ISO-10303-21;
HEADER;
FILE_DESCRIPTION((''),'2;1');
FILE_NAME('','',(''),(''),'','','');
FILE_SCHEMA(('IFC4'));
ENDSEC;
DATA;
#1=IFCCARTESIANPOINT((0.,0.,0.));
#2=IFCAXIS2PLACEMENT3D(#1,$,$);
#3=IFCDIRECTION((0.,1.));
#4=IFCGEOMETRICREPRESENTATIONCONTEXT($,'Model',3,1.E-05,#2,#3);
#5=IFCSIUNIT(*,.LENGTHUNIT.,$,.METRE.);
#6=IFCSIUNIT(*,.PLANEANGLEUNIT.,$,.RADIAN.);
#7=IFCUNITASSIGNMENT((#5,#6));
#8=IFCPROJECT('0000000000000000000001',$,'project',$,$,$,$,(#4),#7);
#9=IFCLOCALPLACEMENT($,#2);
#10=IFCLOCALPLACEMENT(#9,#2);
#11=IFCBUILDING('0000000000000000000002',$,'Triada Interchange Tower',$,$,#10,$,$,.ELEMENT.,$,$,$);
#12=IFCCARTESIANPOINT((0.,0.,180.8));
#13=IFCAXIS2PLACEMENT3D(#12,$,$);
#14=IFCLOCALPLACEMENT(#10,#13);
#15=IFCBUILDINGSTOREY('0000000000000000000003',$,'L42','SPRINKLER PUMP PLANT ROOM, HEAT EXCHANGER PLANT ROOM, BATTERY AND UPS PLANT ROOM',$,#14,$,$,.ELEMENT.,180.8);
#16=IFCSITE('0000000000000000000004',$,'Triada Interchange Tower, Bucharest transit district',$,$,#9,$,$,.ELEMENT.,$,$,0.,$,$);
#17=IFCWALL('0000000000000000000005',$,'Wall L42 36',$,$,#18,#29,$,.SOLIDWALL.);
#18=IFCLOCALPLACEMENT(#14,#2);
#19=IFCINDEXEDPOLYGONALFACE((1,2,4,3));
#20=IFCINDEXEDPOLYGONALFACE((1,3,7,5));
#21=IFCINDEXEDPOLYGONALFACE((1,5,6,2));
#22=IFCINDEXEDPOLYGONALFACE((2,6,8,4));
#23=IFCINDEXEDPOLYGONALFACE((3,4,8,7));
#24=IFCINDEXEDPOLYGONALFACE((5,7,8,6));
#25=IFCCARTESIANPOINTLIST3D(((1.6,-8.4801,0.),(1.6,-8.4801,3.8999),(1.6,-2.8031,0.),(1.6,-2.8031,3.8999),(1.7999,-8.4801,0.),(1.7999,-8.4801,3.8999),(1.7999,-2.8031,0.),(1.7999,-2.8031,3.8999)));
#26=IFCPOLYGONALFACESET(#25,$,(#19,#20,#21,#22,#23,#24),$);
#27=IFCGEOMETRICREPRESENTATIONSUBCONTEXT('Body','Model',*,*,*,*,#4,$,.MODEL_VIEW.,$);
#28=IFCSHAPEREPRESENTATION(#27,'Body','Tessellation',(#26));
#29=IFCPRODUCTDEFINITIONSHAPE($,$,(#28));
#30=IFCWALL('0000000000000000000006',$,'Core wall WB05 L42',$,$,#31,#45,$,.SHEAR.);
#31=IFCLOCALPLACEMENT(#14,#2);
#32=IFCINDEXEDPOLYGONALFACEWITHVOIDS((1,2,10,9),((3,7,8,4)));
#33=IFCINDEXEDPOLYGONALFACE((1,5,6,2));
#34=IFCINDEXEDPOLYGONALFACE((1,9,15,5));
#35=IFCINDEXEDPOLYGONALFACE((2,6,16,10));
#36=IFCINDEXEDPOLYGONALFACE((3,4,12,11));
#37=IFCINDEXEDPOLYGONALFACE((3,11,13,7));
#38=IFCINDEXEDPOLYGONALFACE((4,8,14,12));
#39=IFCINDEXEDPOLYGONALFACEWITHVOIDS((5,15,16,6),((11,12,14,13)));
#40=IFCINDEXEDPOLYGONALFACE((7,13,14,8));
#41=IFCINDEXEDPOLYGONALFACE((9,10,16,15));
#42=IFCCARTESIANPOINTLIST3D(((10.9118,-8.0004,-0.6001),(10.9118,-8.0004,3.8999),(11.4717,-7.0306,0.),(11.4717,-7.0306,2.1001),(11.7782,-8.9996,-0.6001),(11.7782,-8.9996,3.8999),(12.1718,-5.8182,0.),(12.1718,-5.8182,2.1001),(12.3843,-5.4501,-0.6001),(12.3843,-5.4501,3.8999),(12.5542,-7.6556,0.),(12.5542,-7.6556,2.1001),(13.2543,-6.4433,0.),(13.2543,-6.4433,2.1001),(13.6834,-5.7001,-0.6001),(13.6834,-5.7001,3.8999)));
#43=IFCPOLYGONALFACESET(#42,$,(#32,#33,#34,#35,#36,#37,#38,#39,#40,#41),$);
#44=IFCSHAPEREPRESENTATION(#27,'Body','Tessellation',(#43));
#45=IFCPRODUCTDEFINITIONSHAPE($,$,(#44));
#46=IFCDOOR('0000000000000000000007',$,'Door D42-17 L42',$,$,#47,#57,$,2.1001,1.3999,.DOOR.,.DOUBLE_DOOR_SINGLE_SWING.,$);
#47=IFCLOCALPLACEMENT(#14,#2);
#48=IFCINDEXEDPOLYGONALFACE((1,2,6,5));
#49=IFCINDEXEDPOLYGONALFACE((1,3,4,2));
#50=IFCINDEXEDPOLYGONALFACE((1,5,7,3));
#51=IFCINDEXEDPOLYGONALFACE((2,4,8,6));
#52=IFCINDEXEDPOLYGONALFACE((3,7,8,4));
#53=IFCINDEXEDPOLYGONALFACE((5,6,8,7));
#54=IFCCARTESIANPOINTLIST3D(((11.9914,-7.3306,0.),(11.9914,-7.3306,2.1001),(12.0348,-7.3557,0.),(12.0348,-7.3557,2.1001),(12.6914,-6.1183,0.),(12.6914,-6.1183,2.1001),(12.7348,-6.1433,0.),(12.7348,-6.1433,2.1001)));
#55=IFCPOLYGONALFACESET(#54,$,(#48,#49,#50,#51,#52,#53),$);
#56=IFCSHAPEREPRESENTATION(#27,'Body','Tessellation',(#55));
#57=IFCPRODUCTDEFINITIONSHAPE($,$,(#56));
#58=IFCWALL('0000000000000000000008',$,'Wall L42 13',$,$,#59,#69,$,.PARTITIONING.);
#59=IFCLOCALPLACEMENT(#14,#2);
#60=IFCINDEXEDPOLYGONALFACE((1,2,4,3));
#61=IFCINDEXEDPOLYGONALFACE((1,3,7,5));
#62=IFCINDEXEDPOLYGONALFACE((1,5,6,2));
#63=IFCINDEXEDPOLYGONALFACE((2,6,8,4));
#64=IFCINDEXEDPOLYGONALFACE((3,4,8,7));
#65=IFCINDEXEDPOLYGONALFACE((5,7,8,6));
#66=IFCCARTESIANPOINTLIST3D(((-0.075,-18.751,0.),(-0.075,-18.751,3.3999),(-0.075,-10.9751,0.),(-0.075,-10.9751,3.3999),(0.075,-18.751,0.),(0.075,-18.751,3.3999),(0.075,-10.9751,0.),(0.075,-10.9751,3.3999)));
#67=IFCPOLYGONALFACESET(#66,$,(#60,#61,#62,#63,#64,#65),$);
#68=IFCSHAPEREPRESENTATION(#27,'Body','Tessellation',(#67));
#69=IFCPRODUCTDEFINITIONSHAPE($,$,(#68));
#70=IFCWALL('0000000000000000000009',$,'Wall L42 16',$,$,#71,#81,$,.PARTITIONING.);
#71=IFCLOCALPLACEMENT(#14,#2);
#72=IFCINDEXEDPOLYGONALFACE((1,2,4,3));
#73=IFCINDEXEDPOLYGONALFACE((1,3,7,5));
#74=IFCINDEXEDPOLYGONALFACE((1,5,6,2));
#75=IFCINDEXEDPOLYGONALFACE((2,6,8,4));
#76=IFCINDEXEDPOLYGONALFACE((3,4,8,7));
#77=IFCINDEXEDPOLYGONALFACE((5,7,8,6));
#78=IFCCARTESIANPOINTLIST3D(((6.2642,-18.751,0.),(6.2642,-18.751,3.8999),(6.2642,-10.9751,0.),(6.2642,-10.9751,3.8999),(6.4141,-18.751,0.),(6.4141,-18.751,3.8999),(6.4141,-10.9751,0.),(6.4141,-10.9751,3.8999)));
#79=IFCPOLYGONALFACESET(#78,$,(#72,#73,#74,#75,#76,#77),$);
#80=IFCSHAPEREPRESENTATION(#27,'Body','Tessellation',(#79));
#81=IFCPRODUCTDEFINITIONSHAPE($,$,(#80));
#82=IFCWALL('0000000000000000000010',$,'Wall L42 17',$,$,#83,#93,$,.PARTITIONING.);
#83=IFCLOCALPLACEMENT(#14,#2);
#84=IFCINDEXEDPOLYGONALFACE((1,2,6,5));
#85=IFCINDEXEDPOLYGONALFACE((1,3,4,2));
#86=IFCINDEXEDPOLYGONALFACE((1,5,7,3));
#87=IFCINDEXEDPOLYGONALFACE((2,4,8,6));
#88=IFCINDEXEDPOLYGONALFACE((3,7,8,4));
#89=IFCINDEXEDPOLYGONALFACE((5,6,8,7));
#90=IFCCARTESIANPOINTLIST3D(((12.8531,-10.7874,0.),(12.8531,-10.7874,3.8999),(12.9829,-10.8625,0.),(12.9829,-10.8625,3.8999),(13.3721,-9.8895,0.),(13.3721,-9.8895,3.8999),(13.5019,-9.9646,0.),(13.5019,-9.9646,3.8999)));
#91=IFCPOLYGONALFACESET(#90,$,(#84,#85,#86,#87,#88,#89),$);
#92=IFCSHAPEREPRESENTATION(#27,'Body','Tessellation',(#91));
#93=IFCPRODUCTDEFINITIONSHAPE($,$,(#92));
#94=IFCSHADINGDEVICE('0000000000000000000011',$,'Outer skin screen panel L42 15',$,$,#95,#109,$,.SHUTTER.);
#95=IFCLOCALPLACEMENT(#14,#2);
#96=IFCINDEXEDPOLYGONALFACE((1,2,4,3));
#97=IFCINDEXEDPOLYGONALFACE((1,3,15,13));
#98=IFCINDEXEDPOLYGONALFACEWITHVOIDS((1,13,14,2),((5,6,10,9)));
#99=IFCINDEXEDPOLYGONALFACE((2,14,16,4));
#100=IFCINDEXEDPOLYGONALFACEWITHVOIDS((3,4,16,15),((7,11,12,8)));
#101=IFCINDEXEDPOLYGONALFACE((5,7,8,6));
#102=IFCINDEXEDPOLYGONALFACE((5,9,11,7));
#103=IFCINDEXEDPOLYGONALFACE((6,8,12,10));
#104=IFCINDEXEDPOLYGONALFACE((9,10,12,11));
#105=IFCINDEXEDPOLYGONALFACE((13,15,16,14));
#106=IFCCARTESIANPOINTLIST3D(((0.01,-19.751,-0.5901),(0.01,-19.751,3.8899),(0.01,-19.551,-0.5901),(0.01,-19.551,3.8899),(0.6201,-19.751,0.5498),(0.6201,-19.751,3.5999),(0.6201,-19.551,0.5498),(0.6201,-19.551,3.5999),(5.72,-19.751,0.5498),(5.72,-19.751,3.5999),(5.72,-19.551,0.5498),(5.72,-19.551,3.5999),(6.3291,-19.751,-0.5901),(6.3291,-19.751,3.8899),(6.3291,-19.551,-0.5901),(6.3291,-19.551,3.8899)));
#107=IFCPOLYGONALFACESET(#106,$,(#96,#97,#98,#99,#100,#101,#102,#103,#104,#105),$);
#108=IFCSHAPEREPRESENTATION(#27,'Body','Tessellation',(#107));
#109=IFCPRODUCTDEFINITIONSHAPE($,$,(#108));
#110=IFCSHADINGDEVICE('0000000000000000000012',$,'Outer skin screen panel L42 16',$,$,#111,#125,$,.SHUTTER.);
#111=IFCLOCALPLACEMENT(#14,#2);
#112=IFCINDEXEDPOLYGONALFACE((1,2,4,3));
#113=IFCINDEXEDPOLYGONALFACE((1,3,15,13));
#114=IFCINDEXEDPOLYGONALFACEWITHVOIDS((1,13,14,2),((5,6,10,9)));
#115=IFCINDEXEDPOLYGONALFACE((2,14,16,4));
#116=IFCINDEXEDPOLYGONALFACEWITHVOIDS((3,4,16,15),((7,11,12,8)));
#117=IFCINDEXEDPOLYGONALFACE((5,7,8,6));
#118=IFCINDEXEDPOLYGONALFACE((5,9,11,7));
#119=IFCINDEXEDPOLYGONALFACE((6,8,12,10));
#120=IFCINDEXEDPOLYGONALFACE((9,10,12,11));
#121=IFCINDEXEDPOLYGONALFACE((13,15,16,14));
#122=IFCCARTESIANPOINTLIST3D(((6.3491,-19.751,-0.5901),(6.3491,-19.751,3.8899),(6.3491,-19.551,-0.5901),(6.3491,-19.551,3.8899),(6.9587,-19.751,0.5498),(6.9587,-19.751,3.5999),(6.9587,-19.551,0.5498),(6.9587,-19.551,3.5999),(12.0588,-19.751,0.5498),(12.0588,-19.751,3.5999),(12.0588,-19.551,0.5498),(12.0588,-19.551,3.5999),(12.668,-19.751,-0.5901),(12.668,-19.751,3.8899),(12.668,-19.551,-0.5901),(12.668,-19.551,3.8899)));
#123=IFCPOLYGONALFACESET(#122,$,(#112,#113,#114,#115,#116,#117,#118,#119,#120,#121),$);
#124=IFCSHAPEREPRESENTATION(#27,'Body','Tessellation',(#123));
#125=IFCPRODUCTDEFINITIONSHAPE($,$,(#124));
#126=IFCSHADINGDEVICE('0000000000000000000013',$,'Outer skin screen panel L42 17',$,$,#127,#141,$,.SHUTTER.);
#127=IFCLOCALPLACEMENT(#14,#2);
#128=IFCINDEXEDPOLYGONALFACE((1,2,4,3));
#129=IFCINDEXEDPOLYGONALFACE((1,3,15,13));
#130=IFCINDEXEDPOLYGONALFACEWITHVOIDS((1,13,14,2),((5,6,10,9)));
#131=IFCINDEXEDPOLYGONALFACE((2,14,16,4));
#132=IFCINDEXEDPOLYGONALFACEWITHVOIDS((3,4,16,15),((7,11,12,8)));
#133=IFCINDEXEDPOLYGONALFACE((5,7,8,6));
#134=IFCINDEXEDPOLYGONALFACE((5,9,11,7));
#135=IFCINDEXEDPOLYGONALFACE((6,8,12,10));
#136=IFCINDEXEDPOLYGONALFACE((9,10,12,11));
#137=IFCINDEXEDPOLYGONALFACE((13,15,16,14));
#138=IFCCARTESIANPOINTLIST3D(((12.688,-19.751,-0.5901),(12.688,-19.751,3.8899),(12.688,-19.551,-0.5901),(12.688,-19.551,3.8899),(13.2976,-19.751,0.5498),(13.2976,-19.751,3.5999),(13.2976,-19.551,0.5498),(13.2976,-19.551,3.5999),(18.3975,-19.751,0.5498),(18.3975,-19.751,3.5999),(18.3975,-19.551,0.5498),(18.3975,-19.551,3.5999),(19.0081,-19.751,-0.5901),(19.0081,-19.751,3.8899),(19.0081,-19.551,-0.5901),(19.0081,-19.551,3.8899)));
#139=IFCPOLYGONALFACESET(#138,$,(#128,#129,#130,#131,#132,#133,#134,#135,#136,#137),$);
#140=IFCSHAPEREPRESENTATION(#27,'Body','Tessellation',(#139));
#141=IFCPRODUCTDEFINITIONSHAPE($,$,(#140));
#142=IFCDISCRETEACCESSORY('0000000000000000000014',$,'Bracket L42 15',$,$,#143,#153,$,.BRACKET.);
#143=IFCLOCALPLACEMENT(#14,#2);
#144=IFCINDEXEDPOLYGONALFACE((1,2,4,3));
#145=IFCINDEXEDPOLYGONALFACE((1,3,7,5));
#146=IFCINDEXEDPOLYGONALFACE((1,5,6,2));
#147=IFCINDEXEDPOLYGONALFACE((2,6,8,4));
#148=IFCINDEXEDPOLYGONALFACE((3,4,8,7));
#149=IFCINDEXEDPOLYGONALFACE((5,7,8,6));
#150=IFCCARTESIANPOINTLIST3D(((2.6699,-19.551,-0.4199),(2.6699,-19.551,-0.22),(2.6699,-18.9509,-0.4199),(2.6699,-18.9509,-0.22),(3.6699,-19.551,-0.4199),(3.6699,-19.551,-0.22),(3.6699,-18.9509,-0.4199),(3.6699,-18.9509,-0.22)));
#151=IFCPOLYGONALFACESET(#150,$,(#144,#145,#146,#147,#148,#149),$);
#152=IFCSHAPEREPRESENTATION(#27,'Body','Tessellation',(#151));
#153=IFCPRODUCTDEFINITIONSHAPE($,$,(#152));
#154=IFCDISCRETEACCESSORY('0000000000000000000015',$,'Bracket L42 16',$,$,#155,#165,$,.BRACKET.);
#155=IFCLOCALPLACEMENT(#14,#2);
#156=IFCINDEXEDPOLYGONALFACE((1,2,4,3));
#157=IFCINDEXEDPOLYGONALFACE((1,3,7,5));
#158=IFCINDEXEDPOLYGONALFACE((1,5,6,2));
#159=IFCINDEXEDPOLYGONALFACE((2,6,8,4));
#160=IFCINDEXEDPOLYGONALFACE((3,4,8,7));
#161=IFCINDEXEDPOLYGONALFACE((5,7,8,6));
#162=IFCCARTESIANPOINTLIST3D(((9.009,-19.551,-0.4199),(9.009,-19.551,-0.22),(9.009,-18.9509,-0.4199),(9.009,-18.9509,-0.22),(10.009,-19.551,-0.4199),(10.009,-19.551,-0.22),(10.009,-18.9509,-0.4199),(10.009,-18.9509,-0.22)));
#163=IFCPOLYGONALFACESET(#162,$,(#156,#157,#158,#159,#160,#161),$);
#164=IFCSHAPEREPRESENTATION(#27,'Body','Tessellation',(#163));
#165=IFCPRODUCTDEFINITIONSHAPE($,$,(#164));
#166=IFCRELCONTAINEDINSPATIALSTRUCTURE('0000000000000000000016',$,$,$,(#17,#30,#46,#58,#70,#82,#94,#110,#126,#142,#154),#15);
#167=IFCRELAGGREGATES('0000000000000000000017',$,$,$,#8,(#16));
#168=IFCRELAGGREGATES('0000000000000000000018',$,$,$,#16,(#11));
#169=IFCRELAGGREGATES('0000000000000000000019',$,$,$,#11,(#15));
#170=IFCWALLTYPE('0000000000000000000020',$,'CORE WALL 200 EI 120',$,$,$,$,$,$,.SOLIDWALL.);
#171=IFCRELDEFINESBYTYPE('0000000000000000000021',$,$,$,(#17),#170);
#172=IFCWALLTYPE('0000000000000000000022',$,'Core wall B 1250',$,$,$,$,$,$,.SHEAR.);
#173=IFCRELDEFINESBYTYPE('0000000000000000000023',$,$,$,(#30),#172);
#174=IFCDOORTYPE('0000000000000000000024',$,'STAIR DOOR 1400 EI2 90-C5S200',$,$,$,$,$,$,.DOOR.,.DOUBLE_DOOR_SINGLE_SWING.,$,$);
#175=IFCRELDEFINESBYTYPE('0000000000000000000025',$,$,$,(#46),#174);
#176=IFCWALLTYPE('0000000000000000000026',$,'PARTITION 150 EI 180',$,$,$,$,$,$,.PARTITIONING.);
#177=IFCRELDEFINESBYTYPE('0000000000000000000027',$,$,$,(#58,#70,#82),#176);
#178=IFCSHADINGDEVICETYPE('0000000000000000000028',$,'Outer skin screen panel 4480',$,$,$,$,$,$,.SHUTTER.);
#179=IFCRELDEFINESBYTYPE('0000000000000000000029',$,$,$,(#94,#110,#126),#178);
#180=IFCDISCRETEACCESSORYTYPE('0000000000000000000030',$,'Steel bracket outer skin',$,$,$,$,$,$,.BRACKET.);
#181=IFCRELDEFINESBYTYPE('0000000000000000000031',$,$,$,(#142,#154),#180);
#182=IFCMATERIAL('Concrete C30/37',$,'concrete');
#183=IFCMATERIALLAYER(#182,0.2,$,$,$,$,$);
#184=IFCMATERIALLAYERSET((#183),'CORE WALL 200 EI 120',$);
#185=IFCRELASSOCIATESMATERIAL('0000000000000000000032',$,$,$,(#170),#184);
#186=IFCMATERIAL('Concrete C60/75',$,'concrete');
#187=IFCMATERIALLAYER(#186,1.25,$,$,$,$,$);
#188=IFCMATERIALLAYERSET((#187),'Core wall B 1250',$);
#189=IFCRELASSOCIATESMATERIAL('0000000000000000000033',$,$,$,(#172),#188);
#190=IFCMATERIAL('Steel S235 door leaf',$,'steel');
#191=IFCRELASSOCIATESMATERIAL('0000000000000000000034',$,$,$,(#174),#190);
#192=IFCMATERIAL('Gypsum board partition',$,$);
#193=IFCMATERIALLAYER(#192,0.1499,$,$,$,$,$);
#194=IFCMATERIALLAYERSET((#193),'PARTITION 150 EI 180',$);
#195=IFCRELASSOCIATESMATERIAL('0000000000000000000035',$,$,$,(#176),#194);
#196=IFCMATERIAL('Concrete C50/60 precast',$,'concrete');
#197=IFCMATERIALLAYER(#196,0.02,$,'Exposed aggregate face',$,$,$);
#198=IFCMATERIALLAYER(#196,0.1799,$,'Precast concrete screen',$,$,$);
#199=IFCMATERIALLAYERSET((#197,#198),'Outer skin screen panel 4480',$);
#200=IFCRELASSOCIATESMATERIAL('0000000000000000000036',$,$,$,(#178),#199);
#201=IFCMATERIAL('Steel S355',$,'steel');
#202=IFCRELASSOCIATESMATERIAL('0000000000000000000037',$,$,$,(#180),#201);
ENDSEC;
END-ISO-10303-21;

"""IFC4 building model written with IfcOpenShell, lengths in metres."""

from ifc_helpers import new_model, si_unit, direction, frame, frame_2d, origin, origin_2d, place, context, subcontext, project, spatial, polyline, rectangle, outline, extrude, material, layer, layer_set, type_object, element, fill, save


model = new_model("IFC4")

# Units and contexts
model_context = context("Model", 3, precision=1e-05, world=origin(), true_north=direction((0.0, 1.0)))
body_context = subcontext(model_context, "Body", "Model", "MODEL_VIEW")
ifc_project = project(units=[si_unit("LENGTHUNIT", "METRE"), si_unit("PLANEANGLEUNIT", "RADIAN")], contexts=[model_context])

# Site, building, storey
site_placement = place(None, origin())
site = spatial("IfcSite", under=ifc_project, at=site_placement, Name="Triada Interchange Tower, Bucharest transit district", CompositionType="ELEMENT", RefElevation=0.0)
building_placement = place(site_placement, origin())
building = spatial("IfcBuilding", under=site, at=building_placement, Name="Triada Interchange Tower", CompositionType="ELEMENT")
storey_placement = place(building_placement, frame((0.0, 0.0, 180.8)))
storey = spatial("IfcBuildingStorey", under=building, at=storey_placement, Name="L42", Description="SPRINKLER PUMP PLANT ROOM, HEAT EXCHANGER PLANT ROOM, BATTERY AND UPS PLANT ROOM", CompositionType="ELEMENT", Elevation=180.8)

# Shared definitions
ifc_material_1 = material(Name="Concrete C60/75", Category="concrete")

# Shared definitions
ifc_material_2 = material(Name="Steel S355", Category="steel")

# Wall
ifc_material_3 = material(Name="Concrete C30/37", Category="concrete")
ifc_layer_1 = layer(ifc_material_3, 0.2)
ifc_layer_set_1 = layer_set([ifc_layer_1], Name="CORE WALL 200 EI 120")
wall_type_1 = type_object("IfcWallType", Name="CORE WALL 200 EI 120", PredefinedType="SOLIDWALL", material=ifc_layer_set_1)
wall_1_placement = place(storey_placement, frame((1.7, -8.48, 0.0), z_axis=(0.0, 0.0, 1.0), x_axis=(0.0, 1.0, 0.0)))
element("IfcWall", 1, at=wall_1_placement, inside=storey, type_object=wall_type_1, Name="Wall L42 36", PredefinedType="SOLIDWALL", context=body_context, shape_type="SweptSolid", body=[
    extrude(rectangle(XDim=5.677, YDim=0.2, at=frame_2d((2.8384, 0.0))), origin(), (0.0, 0.0, 1.0), 3.8999),
])

# Wall, opening, door
ifc_layer_2 = layer(ifc_material_1, 1.25)
ifc_layer_set_2 = layer_set([ifc_layer_2], Name="Core wall B 1250")
wall_type_2 = type_object("IfcWallType", Name="Core wall B 1250", PredefinedType="SHEAR", material=ifc_layer_set_2)
wall_2_placement = place(storey_placement, frame((11.345, -8.5, -0.6001), z_axis=(0.0, 0.0, 1.0), x_axis=(0.500042, 0.866001, 0.0)))
wall_2 = element("IfcWall", 2, at=wall_2_placement, inside=storey, type_object=wall_type_2, Name="Core wall WB05 L42", PredefinedType="SHEAR", context=body_context, shape_type="SweptSolid", body=[
    extrude(outline(polyline([(-0.2161, -0.625), (1.689, -0.625), (3.594, -0.625), (3.1609, 0.625), (1.6885, 0.625), (0.2161, 0.625), (-0.2161, -0.625)])), origin(), (0.0, 0.0, 1.0), 4.5),
])
opening_placement = place(wall_2_placement, frame((1.3359, 0.0, 0.6001)))
opening = element("IfcOpeningElement", 3, at=opening_placement, cuts=wall_2, PredefinedType="OPENING", context=body_context, shape_type="SweptSolid", body=[
    extrude(rectangle(XDim=1.3999, YDim=2.1001, at=frame_2d((0.7, 1.05))), frame((0.0, 0.635, 0.0), z_axis=(0.0, -1.0, 0.0), x_axis=(1.0, 0.0, 0.0)), (0.0, 0.0, 1.0), 1.27),
])
ifc_material_4 = material(Name="Steel S235 door leaf", Category="steel")
door_type = type_object("IfcDoorType", Name="STAIR DOOR 1400 EI2 90-C5S200", OperationType="DOUBLE_DOOR_SINGLE_SWING", PredefinedType="DOOR", material=ifc_material_4)
door_placement = place(opening_placement, origin())
door = element("IfcDoor", 4, at=door_placement, inside=storey, type_object=door_type, Name="Door D42-17 L42", OperationType="DOUBLE_DOOR_SINGLE_SWING", OverallHeight=2.1001, OverallWidth=1.3999, PredefinedType="DOOR", context=body_context, shape_type="SweptSolid", body=[
    extrude(rectangle(XDim=1.3999, YDim=2.1001, at=frame_2d((0.7, 1.05))), frame((0.0, 0.0249, 0.0), z_axis=(0.0, -1.0, 0.0), x_axis=(1.0, 0.0, 0.0)), (0.0, 0.0, 1.0), 0.05),
])
fill(opening, door)

# Walls
ifc_material_5 = material(Name="Gypsum board partition")
ifc_layer_3 = layer(ifc_material_5, 0.1499)
ifc_layer_set_3 = layer_set([ifc_layer_3], Name="PARTITION 150 EI 180")
wall_type_3 = type_object("IfcWallType", Name="PARTITION 150 EI 180", PredefinedType="PARTITIONING", material=ifc_layer_set_3)
wall_3_placement = place(storey_placement, frame((0.0, -18.751, 0.0), z_axis=(0.0, 0.0, 1.0), x_axis=(0.0, 1.0, 0.0)))
element("IfcWall", 5, at=wall_3_placement, inside=storey, type_object=wall_type_3, Name="Wall L42 13", PredefinedType="PARTITIONING", context=body_context, shape_type="SweptSolid", body=[
    extrude(rectangle(XDim=7.7759, YDim=0.1499, at=frame_2d((3.8879, 0.0))), origin(), (0.0, 0.0, 1.0), 3.3999),
])
wall_4_placement = place(storey_placement, frame((6.3391, -18.751, 0.0), z_axis=(0.0, 0.0, 1.0), x_axis=(0.0, 1.0, 0.0)))
element("IfcWall", 6, at=wall_4_placement, inside=storey, type_object=wall_type_3, Name="Wall L42 16", PredefinedType="PARTITIONING", context=body_context, shape_type="SweptSolid", body=[
    extrude(rectangle(XDim=7.7759, YDim=0.1499, at=frame_2d((3.8879, 0.0))), origin(), (0.0, 0.0, 1.0), 3.8999),
])
wall_5_placement = place(storey_placement, frame((12.918, -10.825, 0.0), z_axis=(0.0, 0.0, 1.0), x_axis=(0.500442, 0.86577, 0.0)))
element("IfcWall", 7, at=wall_5_placement, inside=storey, type_object=wall_type_3, Name="Wall L42 17", PredefinedType="PARTITIONING", context=body_context, shape_type="SweptSolid", body=[
    extrude(rectangle(XDim=1.0371, YDim=0.1499, at=frame_2d((0.5186, 0.0))), origin(), (0.0, 0.0, 1.0), 3.8999),
])

# Shading devices
ifc_material_6 = material(Name="Concrete C50/60 precast", Category="concrete")
ifc_layer_4 = layer(ifc_material_6, 0.02, Name="Exposed aggregate face")
ifc_layer_5 = layer(ifc_material_6, 0.1799, Name="Precast concrete screen")
ifc_layer_set_4 = layer_set([ifc_layer_4, ifc_layer_5], Name="Outer skin screen panel 4480")
shading_device_type = type_object("IfcShadingDeviceType", Name="Outer skin screen panel 4480", PredefinedType="SHUTTER", material=ifc_layer_set_4)
shading_device_1_placement = place(storey_placement, frame((0.01, -19.551, -0.5901), z_axis=(0.0, 0.0, 1.0), x_axis=(1.0, 0.0, 0.0)))
element("IfcShadingDevice", 8, at=shading_device_1_placement, inside=storey, type_object=shading_device_type, Name="Outer skin screen panel L42 15", PredefinedType="SHUTTER", context=body_context, shape_type="SweptSolid", body=[
    extrude(outline(polyline([(0.0, 0.0), (6.3191, 0.0), (6.3191, 4.48), (0.0, 4.48), (0.0, 0.0)]), holes=[polyline([(0.6101, 1.1399), (0.6101, 4.1899), (5.71, 4.1899), (5.71, 1.1399), (0.6101, 1.1399)])]), frame((0.0, 0.0, 0.0), z_axis=(0.0, -1.0, 0.0), x_axis=(1.0, 0.0, 0.0)), (0.0, 0.0, 1.0), 0.2),
])
shading_device_2_placement = place(storey_placement, frame((6.3491, -19.551, -0.5901), z_axis=(0.0, 0.0, 1.0), x_axis=(1.0, 0.0, 0.0)))
element("IfcShadingDevice", 9, at=shading_device_2_placement, inside=storey, type_object=shading_device_type, Name="Outer skin screen panel L42 16", PredefinedType="SHUTTER", context=body_context, shape_type="SweptSolid", body=[
    extrude(outline(polyline([(0.0, 0.0), (6.3188, 0.0), (6.3188, 4.48), (0.0, 4.48), (0.0, 0.0)]), holes=[polyline([(0.6096, 1.1399), (0.6096, 4.1899), (5.7097, 4.1899), (5.7097, 1.1399), (0.6096, 1.1399)])]), frame((0.0, 0.0, 0.0), z_axis=(0.0, -1.0, 0.0), x_axis=(1.0, 0.0, 0.0)), (0.0, 0.0, 1.0), 0.2),
])
shading_device_3_placement = place(storey_placement, frame((12.688, -19.551, -0.5901), z_axis=(0.0, 0.0, 1.0), x_axis=(1.0, 0.0, 0.0)))
element("IfcShadingDevice", 10, at=shading_device_3_placement, inside=storey, type_object=shading_device_type, Name="Outer skin screen panel L42 17", PredefinedType="SHUTTER", context=body_context, shape_type="SweptSolid", body=[
    extrude(outline(polyline([(0.0, 0.0), (6.3201, 0.0), (6.3201, 4.48), (0.0, 4.48), (0.0, 0.0)]), holes=[polyline([(0.6096, 1.1399), (0.6096, 4.1899), (5.7095, 4.1899), (5.7095, 1.1399), (0.6096, 1.1399)])]), frame((0.0, 0.0, 0.0), z_axis=(0.0, -1.0, 0.0), x_axis=(1.0, 0.0, 0.0)), (0.0, 0.0, 1.0), 0.2),
])

# Discrete accessories
discrete_accessory_type = type_object("IfcDiscreteAccessoryType", Name="Steel bracket outer skin", PredefinedType="BRACKET", material=ifc_material_2)
for number, where, z_axis, x_axis, name in (
    (11, (3.1699, -19.251, -0.4199), (0.0, 0.0, 1.0), (0.0, -1.0, 0.0), "Bracket L42 15"),
    (12, (9.509, -19.251, -0.4199), (0.0, 0.0, 1.0), (0.0, -1.0, 0.0), "Bracket L42 16"),
):
    element("IfcDiscreteAccessory", number, at=place(storey_placement, frame(where, z_axis=z_axis, x_axis=x_axis)), inside=storey, type_object=discrete_accessory_type, Name=name, PredefinedType="BRACKET", context=body_context, shape_type="SweptSolid", body=[
        extrude(rectangle(XDim=0.6001, YDim=1.0, at=origin_2d()), origin(), (0.0, 0.0, 1.0), 0.2),
    ])

save(model, "model.ifc")
